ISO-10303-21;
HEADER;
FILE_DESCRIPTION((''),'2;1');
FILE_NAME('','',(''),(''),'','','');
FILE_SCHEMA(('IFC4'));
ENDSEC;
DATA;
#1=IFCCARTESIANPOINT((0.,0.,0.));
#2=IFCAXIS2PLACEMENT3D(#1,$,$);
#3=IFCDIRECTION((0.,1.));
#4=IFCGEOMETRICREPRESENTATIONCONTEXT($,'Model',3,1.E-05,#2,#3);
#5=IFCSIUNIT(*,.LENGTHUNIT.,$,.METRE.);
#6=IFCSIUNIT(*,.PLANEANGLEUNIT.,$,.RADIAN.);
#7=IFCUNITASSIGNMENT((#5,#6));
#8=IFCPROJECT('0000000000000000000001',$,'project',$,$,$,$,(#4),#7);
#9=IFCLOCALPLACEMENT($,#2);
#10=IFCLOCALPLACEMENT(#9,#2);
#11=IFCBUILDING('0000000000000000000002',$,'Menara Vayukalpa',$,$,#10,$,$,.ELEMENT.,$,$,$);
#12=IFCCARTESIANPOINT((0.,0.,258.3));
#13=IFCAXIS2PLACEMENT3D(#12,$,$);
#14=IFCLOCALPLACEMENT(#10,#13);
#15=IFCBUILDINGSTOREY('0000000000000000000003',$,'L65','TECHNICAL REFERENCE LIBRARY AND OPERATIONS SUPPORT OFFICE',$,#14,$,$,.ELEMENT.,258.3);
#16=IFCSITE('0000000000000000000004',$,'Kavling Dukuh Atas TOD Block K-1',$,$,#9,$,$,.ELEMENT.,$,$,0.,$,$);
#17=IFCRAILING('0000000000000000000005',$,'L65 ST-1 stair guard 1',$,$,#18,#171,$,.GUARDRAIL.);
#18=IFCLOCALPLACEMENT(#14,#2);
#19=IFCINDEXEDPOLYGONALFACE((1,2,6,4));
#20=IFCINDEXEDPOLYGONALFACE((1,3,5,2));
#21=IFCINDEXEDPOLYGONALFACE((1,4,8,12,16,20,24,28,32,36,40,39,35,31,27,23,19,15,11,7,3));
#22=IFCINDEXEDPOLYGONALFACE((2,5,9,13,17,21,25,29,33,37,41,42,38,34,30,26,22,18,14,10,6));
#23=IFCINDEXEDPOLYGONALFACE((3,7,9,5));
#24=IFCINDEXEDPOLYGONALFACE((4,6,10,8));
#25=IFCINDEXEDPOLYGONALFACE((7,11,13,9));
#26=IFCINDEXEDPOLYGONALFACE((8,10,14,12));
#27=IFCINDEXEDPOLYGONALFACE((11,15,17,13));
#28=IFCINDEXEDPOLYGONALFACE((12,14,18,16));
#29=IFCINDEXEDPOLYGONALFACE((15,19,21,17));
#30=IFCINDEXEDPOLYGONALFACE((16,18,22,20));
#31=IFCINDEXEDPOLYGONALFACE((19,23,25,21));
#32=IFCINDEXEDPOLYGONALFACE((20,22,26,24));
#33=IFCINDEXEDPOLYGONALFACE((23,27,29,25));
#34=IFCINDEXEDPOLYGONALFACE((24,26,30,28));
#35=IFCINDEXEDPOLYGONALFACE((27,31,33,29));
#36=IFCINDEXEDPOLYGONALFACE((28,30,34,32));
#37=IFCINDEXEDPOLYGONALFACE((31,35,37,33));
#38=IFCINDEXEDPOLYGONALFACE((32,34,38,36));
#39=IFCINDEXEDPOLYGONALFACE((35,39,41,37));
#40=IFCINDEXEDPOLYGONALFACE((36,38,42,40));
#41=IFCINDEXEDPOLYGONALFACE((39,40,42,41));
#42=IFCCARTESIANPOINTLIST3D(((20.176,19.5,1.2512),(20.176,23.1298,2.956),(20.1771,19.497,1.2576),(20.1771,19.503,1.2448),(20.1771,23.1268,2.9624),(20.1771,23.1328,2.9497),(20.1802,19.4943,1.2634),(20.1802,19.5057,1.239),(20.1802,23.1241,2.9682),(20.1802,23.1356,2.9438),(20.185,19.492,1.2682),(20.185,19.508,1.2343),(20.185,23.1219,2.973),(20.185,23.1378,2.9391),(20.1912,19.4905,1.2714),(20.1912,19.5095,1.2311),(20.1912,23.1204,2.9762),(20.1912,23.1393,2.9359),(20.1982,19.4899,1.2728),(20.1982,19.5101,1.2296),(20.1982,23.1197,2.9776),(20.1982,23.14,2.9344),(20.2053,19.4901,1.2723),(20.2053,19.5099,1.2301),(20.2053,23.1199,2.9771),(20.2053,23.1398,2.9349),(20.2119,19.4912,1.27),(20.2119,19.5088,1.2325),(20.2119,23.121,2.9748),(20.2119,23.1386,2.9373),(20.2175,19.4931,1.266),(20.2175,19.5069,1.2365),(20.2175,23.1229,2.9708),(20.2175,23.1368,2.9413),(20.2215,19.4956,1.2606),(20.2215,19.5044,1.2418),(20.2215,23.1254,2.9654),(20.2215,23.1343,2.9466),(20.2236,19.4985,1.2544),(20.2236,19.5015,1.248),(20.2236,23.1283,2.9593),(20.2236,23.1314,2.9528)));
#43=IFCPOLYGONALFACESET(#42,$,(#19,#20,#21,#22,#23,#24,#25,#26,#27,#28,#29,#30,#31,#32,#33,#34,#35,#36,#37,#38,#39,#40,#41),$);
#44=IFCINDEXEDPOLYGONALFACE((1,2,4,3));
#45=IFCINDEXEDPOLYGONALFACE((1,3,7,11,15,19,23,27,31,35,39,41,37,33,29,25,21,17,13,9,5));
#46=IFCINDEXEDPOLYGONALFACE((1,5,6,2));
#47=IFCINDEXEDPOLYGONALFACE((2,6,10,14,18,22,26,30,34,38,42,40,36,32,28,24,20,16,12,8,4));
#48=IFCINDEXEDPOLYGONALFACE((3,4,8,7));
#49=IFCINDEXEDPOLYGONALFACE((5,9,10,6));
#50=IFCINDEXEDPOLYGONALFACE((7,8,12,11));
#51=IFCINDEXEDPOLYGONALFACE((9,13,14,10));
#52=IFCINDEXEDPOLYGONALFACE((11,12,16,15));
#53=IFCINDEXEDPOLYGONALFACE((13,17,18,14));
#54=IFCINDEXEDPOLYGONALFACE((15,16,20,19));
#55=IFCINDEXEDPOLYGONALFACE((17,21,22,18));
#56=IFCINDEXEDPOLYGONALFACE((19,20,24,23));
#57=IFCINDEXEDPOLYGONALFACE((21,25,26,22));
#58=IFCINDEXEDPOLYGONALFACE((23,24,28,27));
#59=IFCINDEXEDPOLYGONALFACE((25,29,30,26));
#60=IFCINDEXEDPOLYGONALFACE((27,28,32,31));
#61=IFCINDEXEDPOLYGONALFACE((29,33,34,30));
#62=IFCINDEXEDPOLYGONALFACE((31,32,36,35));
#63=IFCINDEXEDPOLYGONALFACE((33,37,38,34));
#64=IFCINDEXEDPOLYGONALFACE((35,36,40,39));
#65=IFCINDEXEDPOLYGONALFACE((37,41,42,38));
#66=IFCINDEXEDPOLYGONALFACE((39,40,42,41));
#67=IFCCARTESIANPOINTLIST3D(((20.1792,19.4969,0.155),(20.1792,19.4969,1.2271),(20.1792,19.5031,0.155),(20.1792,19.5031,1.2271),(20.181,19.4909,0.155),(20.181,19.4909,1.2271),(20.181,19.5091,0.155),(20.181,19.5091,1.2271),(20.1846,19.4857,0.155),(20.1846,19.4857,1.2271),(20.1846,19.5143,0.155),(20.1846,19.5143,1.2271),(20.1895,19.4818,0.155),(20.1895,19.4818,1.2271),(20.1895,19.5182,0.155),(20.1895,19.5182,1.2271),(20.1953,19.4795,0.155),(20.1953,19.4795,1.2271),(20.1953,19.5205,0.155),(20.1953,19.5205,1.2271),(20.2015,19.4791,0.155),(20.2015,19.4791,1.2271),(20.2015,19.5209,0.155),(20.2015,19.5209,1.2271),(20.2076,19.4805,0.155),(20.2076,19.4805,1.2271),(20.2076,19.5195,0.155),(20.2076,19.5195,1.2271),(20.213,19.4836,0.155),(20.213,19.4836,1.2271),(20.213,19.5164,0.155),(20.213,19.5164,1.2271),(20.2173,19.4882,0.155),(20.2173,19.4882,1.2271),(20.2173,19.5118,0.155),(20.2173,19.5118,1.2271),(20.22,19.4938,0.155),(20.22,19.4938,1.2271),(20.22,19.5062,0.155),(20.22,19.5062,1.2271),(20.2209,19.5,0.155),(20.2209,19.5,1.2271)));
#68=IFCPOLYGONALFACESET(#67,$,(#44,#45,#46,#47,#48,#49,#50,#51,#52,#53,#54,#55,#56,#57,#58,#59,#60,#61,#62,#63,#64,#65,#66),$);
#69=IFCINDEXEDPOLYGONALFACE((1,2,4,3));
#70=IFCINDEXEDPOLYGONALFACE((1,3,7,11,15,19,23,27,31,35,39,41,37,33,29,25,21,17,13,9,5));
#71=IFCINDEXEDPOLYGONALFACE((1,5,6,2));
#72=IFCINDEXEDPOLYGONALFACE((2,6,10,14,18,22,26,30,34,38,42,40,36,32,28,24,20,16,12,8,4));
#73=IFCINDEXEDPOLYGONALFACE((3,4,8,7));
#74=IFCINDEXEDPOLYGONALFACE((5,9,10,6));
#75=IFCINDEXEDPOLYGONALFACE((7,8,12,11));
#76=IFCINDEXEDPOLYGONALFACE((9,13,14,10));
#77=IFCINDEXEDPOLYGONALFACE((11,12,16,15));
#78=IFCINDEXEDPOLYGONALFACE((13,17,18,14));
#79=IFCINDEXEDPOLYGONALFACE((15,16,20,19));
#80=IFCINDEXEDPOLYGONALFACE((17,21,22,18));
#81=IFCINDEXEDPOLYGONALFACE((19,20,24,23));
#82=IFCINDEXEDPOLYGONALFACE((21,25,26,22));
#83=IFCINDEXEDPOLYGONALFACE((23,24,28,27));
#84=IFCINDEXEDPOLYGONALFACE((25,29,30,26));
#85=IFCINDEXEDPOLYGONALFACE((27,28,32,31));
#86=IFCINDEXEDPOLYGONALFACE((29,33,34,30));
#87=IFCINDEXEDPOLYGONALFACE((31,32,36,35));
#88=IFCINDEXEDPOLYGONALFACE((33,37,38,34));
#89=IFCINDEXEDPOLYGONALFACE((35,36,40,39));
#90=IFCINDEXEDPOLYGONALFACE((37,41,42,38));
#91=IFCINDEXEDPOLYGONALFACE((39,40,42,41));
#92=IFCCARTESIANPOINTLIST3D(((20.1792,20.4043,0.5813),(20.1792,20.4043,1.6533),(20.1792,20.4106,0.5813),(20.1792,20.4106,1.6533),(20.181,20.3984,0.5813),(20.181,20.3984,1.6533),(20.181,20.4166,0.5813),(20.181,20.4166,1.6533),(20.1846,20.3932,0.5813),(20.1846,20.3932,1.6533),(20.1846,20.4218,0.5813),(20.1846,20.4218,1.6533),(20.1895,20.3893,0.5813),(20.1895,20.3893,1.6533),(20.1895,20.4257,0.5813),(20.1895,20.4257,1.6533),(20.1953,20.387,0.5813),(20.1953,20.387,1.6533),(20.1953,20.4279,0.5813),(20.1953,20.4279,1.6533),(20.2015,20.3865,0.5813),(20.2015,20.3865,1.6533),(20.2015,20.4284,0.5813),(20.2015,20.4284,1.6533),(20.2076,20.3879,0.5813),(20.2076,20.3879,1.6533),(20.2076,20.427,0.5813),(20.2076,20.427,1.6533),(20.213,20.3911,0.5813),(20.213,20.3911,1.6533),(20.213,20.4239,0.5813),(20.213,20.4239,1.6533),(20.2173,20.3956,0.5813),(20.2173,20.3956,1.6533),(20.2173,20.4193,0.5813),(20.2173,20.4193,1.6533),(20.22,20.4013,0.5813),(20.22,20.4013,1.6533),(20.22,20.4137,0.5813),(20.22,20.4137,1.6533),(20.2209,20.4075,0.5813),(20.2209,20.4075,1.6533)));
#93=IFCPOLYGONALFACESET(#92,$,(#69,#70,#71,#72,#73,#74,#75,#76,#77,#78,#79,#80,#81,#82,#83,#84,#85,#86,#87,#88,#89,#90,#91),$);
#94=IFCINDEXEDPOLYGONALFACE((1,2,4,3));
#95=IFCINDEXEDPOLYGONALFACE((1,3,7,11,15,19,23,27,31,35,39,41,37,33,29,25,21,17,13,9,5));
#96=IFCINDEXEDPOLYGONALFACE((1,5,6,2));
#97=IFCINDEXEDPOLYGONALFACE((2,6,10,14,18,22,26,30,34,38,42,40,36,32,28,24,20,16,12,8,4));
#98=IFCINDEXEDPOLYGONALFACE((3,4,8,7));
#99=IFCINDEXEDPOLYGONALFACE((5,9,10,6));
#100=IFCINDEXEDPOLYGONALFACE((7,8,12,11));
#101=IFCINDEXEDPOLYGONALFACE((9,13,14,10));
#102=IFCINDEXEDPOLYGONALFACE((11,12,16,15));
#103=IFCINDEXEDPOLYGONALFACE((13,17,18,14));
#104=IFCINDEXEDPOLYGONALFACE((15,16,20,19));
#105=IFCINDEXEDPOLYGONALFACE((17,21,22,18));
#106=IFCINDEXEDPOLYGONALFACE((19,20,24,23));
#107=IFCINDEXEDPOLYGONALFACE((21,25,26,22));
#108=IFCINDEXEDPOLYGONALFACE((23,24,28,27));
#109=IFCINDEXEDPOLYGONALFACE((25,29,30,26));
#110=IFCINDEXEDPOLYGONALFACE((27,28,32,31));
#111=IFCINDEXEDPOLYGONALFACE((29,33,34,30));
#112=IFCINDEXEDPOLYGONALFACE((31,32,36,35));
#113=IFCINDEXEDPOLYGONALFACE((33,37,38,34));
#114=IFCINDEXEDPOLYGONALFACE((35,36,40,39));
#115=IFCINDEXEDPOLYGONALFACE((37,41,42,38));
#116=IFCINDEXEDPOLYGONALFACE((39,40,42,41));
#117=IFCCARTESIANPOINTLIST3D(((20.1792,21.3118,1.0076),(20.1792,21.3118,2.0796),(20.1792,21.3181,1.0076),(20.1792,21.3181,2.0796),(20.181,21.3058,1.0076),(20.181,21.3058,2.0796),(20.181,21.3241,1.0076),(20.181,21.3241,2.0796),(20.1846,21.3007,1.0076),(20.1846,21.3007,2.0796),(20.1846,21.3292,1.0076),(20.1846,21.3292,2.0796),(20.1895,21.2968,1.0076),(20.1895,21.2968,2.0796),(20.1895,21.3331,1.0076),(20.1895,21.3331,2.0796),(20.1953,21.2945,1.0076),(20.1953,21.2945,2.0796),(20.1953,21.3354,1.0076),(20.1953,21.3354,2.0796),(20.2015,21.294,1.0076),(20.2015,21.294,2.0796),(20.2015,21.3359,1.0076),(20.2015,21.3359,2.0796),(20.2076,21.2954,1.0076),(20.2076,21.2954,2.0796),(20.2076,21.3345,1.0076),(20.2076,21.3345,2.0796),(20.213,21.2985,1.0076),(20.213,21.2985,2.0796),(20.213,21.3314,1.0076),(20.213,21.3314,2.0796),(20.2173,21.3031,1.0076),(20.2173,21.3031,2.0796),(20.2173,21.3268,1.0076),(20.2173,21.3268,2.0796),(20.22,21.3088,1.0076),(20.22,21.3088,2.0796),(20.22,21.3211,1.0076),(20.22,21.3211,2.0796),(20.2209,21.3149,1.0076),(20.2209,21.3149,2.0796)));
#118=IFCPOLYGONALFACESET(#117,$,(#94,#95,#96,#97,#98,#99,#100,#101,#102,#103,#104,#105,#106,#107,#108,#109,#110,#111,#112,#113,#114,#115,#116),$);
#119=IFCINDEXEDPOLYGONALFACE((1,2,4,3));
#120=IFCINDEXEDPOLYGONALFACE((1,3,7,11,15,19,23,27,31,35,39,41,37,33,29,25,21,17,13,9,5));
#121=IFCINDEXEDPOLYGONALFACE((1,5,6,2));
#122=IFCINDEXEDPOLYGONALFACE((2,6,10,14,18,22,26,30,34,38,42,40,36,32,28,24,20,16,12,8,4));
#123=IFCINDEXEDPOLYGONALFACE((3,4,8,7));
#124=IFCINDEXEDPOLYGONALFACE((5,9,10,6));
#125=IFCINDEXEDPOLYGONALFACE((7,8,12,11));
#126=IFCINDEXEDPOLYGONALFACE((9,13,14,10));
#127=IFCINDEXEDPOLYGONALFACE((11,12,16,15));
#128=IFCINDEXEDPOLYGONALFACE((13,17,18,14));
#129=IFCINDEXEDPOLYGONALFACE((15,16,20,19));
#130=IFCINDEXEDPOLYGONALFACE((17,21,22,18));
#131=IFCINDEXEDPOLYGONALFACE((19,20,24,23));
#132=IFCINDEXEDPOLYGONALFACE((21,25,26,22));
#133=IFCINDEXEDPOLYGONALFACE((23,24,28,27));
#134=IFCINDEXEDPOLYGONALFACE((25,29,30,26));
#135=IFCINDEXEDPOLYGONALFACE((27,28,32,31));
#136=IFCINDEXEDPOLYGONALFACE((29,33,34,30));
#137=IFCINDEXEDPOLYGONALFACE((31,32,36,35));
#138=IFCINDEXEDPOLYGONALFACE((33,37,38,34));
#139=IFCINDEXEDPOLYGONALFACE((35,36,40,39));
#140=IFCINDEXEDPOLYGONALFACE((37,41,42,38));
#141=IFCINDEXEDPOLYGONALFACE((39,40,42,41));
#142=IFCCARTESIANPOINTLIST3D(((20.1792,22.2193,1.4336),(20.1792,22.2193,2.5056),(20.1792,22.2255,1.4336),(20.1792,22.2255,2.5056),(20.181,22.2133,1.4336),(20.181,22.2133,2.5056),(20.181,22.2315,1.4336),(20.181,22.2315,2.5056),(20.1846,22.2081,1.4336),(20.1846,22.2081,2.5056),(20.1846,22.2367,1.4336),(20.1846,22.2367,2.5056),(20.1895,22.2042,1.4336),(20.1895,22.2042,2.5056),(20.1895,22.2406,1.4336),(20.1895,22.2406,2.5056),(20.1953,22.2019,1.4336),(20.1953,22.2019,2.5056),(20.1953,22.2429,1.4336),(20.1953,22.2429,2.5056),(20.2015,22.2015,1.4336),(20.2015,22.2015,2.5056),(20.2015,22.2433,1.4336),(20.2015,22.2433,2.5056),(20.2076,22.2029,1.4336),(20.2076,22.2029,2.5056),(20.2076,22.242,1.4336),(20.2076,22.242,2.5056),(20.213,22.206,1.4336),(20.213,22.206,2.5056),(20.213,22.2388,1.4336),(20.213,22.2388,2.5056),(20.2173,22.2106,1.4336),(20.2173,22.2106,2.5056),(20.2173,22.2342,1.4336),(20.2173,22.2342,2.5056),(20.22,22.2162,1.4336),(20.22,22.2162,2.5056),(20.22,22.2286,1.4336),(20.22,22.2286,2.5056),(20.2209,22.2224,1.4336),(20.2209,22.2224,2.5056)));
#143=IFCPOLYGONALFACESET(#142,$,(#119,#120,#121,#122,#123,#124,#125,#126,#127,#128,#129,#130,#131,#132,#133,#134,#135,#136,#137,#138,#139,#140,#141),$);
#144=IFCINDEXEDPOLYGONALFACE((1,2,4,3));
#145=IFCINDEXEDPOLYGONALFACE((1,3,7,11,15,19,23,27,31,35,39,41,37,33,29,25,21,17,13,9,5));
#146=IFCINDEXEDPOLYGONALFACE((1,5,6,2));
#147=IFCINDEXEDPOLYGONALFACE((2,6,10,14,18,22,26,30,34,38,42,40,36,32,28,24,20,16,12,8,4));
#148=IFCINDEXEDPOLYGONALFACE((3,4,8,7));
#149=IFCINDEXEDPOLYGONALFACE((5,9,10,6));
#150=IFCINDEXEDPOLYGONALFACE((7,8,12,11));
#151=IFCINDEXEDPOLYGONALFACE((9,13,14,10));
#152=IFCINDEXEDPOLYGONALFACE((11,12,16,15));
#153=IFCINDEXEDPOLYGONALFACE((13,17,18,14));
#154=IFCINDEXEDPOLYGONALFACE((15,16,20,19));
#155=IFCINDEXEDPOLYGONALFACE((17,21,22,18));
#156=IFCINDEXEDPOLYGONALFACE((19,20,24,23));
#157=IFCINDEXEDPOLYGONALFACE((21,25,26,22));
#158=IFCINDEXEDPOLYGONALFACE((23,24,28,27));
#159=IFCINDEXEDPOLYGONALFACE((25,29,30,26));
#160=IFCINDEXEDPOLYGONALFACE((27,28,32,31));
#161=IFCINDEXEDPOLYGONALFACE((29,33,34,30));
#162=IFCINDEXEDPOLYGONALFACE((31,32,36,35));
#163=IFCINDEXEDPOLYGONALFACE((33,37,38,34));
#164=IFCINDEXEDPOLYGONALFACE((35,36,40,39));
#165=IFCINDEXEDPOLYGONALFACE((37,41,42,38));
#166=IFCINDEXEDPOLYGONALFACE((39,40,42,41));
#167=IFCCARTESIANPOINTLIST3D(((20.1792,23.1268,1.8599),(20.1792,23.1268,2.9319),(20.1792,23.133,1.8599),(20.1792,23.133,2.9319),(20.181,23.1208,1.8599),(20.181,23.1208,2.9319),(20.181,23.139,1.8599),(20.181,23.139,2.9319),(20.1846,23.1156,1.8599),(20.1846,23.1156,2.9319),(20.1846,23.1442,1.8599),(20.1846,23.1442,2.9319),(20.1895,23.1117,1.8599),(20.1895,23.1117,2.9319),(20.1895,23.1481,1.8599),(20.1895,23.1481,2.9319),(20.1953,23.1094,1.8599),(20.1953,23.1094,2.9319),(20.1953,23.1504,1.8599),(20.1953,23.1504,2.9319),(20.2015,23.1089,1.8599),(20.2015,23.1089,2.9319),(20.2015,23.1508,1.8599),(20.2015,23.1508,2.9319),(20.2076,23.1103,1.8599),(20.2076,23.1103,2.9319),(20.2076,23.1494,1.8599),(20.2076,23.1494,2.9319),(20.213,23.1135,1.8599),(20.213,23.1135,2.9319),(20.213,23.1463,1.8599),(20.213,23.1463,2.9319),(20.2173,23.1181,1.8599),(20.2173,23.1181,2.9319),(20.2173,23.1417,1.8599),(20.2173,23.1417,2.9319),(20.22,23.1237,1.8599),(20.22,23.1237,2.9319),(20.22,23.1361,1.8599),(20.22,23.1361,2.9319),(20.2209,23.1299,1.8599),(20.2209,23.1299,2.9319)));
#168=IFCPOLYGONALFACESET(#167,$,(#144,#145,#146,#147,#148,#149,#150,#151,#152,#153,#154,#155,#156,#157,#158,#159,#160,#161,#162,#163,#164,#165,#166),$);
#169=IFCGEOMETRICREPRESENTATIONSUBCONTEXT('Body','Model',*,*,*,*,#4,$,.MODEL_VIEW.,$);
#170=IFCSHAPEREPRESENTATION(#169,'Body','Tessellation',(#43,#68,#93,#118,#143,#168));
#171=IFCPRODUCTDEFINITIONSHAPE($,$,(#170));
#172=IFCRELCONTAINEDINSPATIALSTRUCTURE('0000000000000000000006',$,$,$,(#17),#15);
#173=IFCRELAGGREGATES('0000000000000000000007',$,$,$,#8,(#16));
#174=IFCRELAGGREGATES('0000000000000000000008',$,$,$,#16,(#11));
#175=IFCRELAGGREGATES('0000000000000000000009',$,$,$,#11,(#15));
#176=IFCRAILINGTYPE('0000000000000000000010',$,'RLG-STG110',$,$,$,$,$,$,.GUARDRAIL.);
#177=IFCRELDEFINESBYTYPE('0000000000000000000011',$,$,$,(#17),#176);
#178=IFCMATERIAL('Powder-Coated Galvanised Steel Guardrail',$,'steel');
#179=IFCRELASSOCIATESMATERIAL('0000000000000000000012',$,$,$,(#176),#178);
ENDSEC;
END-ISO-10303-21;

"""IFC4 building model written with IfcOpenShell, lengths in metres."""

from ifc_helpers import new_model, si_unit, direction, frame, origin, origin_2d, place, context, subcontext, project, spatial, circle, extrude, material, type_object, element, save


model = new_model("IFC4")

# Units and contexts
model_context = context("Model", 3, precision=1e-05, world=origin(), true_north=direction((0.0, 1.0)))
body_context = subcontext(model_context, "Body", "Model", "MODEL_VIEW")
ifc_project = project(units=[si_unit("LENGTHUNIT", "METRE"), si_unit("PLANEANGLEUNIT", "RADIAN")], contexts=[model_context])

# Site, building, storey
site_placement = place(None, origin())
site = spatial("IfcSite", under=ifc_project, at=site_placement, Name="Kavling Dukuh Atas TOD Block K-1", CompositionType="ELEMENT", RefElevation=0.0)
building_placement = place(site_placement, origin())
building = spatial("IfcBuilding", under=site, at=building_placement, Name="Menara Vayukalpa", CompositionType="ELEMENT")
storey_placement = place(building_placement, frame((0.0, 0.0, 258.3)))
storey = spatial("IfcBuildingStorey", under=building, at=storey_placement, Name="L65", Description="TECHNICAL REFERENCE LIBRARY AND OPERATIONS SUPPORT OFFICE", CompositionType="ELEMENT", Elevation=258.3)

# Railing
ifc_material_1 = material(Name="Powder-Coated Galvanised Steel Guardrail", Category="steel")
railing_type_1 = type_object("IfcRailingType", Name="RLG-STG110", PredefinedType="GUARDRAIL", material=ifc_material_1)
railing_1_placement = place(storey_placement, frame((20.2, 19.5, 0.155)))
element("IfcRailing", 1, at=railing_1_placement, inside=storey, type_object=railing_type_1, Name="L65 ST-1 stair guard 1", PredefinedType="GUARDRAIL", context=body_context, shape_type="SweptSolid", body=[
    extrude(circle(Radius=0.0239, at=origin_2d()), frame((0.0, 0.0, 1.0962), z_axis=(0.0, 0.90514, 0.425114), x_axis=(-1.0, 0.0, 0.0)), (0.0, 0.0, 1.0), 4.0103),
    extrude(circle(Radius=0.021, at=origin_2d()), origin(), (0.0, 0.0, 1.0), 1.072),
    extrude(circle(Radius=0.021, at=origin_2d()), frame((0.0, 0.9075, 0.4263)), (0.0, 0.0, 1.0), 1.072),
    extrude(circle(Radius=0.021, at=origin_2d()), frame((0.0, 1.8149, 0.8525)), (0.0, 0.0, 1.0), 1.072),
    extrude(circle(Radius=0.021, at=origin_2d()), frame((0.0, 2.7224, 1.2786)), (0.0, 0.0, 1.0), 1.072),
    extrude(circle(Radius=0.021, at=origin_2d()), frame((0.0, 3.6299, 1.7048)), (0.0, 0.0, 1.0), 1.072),
])

save(model, "model.ifc")
